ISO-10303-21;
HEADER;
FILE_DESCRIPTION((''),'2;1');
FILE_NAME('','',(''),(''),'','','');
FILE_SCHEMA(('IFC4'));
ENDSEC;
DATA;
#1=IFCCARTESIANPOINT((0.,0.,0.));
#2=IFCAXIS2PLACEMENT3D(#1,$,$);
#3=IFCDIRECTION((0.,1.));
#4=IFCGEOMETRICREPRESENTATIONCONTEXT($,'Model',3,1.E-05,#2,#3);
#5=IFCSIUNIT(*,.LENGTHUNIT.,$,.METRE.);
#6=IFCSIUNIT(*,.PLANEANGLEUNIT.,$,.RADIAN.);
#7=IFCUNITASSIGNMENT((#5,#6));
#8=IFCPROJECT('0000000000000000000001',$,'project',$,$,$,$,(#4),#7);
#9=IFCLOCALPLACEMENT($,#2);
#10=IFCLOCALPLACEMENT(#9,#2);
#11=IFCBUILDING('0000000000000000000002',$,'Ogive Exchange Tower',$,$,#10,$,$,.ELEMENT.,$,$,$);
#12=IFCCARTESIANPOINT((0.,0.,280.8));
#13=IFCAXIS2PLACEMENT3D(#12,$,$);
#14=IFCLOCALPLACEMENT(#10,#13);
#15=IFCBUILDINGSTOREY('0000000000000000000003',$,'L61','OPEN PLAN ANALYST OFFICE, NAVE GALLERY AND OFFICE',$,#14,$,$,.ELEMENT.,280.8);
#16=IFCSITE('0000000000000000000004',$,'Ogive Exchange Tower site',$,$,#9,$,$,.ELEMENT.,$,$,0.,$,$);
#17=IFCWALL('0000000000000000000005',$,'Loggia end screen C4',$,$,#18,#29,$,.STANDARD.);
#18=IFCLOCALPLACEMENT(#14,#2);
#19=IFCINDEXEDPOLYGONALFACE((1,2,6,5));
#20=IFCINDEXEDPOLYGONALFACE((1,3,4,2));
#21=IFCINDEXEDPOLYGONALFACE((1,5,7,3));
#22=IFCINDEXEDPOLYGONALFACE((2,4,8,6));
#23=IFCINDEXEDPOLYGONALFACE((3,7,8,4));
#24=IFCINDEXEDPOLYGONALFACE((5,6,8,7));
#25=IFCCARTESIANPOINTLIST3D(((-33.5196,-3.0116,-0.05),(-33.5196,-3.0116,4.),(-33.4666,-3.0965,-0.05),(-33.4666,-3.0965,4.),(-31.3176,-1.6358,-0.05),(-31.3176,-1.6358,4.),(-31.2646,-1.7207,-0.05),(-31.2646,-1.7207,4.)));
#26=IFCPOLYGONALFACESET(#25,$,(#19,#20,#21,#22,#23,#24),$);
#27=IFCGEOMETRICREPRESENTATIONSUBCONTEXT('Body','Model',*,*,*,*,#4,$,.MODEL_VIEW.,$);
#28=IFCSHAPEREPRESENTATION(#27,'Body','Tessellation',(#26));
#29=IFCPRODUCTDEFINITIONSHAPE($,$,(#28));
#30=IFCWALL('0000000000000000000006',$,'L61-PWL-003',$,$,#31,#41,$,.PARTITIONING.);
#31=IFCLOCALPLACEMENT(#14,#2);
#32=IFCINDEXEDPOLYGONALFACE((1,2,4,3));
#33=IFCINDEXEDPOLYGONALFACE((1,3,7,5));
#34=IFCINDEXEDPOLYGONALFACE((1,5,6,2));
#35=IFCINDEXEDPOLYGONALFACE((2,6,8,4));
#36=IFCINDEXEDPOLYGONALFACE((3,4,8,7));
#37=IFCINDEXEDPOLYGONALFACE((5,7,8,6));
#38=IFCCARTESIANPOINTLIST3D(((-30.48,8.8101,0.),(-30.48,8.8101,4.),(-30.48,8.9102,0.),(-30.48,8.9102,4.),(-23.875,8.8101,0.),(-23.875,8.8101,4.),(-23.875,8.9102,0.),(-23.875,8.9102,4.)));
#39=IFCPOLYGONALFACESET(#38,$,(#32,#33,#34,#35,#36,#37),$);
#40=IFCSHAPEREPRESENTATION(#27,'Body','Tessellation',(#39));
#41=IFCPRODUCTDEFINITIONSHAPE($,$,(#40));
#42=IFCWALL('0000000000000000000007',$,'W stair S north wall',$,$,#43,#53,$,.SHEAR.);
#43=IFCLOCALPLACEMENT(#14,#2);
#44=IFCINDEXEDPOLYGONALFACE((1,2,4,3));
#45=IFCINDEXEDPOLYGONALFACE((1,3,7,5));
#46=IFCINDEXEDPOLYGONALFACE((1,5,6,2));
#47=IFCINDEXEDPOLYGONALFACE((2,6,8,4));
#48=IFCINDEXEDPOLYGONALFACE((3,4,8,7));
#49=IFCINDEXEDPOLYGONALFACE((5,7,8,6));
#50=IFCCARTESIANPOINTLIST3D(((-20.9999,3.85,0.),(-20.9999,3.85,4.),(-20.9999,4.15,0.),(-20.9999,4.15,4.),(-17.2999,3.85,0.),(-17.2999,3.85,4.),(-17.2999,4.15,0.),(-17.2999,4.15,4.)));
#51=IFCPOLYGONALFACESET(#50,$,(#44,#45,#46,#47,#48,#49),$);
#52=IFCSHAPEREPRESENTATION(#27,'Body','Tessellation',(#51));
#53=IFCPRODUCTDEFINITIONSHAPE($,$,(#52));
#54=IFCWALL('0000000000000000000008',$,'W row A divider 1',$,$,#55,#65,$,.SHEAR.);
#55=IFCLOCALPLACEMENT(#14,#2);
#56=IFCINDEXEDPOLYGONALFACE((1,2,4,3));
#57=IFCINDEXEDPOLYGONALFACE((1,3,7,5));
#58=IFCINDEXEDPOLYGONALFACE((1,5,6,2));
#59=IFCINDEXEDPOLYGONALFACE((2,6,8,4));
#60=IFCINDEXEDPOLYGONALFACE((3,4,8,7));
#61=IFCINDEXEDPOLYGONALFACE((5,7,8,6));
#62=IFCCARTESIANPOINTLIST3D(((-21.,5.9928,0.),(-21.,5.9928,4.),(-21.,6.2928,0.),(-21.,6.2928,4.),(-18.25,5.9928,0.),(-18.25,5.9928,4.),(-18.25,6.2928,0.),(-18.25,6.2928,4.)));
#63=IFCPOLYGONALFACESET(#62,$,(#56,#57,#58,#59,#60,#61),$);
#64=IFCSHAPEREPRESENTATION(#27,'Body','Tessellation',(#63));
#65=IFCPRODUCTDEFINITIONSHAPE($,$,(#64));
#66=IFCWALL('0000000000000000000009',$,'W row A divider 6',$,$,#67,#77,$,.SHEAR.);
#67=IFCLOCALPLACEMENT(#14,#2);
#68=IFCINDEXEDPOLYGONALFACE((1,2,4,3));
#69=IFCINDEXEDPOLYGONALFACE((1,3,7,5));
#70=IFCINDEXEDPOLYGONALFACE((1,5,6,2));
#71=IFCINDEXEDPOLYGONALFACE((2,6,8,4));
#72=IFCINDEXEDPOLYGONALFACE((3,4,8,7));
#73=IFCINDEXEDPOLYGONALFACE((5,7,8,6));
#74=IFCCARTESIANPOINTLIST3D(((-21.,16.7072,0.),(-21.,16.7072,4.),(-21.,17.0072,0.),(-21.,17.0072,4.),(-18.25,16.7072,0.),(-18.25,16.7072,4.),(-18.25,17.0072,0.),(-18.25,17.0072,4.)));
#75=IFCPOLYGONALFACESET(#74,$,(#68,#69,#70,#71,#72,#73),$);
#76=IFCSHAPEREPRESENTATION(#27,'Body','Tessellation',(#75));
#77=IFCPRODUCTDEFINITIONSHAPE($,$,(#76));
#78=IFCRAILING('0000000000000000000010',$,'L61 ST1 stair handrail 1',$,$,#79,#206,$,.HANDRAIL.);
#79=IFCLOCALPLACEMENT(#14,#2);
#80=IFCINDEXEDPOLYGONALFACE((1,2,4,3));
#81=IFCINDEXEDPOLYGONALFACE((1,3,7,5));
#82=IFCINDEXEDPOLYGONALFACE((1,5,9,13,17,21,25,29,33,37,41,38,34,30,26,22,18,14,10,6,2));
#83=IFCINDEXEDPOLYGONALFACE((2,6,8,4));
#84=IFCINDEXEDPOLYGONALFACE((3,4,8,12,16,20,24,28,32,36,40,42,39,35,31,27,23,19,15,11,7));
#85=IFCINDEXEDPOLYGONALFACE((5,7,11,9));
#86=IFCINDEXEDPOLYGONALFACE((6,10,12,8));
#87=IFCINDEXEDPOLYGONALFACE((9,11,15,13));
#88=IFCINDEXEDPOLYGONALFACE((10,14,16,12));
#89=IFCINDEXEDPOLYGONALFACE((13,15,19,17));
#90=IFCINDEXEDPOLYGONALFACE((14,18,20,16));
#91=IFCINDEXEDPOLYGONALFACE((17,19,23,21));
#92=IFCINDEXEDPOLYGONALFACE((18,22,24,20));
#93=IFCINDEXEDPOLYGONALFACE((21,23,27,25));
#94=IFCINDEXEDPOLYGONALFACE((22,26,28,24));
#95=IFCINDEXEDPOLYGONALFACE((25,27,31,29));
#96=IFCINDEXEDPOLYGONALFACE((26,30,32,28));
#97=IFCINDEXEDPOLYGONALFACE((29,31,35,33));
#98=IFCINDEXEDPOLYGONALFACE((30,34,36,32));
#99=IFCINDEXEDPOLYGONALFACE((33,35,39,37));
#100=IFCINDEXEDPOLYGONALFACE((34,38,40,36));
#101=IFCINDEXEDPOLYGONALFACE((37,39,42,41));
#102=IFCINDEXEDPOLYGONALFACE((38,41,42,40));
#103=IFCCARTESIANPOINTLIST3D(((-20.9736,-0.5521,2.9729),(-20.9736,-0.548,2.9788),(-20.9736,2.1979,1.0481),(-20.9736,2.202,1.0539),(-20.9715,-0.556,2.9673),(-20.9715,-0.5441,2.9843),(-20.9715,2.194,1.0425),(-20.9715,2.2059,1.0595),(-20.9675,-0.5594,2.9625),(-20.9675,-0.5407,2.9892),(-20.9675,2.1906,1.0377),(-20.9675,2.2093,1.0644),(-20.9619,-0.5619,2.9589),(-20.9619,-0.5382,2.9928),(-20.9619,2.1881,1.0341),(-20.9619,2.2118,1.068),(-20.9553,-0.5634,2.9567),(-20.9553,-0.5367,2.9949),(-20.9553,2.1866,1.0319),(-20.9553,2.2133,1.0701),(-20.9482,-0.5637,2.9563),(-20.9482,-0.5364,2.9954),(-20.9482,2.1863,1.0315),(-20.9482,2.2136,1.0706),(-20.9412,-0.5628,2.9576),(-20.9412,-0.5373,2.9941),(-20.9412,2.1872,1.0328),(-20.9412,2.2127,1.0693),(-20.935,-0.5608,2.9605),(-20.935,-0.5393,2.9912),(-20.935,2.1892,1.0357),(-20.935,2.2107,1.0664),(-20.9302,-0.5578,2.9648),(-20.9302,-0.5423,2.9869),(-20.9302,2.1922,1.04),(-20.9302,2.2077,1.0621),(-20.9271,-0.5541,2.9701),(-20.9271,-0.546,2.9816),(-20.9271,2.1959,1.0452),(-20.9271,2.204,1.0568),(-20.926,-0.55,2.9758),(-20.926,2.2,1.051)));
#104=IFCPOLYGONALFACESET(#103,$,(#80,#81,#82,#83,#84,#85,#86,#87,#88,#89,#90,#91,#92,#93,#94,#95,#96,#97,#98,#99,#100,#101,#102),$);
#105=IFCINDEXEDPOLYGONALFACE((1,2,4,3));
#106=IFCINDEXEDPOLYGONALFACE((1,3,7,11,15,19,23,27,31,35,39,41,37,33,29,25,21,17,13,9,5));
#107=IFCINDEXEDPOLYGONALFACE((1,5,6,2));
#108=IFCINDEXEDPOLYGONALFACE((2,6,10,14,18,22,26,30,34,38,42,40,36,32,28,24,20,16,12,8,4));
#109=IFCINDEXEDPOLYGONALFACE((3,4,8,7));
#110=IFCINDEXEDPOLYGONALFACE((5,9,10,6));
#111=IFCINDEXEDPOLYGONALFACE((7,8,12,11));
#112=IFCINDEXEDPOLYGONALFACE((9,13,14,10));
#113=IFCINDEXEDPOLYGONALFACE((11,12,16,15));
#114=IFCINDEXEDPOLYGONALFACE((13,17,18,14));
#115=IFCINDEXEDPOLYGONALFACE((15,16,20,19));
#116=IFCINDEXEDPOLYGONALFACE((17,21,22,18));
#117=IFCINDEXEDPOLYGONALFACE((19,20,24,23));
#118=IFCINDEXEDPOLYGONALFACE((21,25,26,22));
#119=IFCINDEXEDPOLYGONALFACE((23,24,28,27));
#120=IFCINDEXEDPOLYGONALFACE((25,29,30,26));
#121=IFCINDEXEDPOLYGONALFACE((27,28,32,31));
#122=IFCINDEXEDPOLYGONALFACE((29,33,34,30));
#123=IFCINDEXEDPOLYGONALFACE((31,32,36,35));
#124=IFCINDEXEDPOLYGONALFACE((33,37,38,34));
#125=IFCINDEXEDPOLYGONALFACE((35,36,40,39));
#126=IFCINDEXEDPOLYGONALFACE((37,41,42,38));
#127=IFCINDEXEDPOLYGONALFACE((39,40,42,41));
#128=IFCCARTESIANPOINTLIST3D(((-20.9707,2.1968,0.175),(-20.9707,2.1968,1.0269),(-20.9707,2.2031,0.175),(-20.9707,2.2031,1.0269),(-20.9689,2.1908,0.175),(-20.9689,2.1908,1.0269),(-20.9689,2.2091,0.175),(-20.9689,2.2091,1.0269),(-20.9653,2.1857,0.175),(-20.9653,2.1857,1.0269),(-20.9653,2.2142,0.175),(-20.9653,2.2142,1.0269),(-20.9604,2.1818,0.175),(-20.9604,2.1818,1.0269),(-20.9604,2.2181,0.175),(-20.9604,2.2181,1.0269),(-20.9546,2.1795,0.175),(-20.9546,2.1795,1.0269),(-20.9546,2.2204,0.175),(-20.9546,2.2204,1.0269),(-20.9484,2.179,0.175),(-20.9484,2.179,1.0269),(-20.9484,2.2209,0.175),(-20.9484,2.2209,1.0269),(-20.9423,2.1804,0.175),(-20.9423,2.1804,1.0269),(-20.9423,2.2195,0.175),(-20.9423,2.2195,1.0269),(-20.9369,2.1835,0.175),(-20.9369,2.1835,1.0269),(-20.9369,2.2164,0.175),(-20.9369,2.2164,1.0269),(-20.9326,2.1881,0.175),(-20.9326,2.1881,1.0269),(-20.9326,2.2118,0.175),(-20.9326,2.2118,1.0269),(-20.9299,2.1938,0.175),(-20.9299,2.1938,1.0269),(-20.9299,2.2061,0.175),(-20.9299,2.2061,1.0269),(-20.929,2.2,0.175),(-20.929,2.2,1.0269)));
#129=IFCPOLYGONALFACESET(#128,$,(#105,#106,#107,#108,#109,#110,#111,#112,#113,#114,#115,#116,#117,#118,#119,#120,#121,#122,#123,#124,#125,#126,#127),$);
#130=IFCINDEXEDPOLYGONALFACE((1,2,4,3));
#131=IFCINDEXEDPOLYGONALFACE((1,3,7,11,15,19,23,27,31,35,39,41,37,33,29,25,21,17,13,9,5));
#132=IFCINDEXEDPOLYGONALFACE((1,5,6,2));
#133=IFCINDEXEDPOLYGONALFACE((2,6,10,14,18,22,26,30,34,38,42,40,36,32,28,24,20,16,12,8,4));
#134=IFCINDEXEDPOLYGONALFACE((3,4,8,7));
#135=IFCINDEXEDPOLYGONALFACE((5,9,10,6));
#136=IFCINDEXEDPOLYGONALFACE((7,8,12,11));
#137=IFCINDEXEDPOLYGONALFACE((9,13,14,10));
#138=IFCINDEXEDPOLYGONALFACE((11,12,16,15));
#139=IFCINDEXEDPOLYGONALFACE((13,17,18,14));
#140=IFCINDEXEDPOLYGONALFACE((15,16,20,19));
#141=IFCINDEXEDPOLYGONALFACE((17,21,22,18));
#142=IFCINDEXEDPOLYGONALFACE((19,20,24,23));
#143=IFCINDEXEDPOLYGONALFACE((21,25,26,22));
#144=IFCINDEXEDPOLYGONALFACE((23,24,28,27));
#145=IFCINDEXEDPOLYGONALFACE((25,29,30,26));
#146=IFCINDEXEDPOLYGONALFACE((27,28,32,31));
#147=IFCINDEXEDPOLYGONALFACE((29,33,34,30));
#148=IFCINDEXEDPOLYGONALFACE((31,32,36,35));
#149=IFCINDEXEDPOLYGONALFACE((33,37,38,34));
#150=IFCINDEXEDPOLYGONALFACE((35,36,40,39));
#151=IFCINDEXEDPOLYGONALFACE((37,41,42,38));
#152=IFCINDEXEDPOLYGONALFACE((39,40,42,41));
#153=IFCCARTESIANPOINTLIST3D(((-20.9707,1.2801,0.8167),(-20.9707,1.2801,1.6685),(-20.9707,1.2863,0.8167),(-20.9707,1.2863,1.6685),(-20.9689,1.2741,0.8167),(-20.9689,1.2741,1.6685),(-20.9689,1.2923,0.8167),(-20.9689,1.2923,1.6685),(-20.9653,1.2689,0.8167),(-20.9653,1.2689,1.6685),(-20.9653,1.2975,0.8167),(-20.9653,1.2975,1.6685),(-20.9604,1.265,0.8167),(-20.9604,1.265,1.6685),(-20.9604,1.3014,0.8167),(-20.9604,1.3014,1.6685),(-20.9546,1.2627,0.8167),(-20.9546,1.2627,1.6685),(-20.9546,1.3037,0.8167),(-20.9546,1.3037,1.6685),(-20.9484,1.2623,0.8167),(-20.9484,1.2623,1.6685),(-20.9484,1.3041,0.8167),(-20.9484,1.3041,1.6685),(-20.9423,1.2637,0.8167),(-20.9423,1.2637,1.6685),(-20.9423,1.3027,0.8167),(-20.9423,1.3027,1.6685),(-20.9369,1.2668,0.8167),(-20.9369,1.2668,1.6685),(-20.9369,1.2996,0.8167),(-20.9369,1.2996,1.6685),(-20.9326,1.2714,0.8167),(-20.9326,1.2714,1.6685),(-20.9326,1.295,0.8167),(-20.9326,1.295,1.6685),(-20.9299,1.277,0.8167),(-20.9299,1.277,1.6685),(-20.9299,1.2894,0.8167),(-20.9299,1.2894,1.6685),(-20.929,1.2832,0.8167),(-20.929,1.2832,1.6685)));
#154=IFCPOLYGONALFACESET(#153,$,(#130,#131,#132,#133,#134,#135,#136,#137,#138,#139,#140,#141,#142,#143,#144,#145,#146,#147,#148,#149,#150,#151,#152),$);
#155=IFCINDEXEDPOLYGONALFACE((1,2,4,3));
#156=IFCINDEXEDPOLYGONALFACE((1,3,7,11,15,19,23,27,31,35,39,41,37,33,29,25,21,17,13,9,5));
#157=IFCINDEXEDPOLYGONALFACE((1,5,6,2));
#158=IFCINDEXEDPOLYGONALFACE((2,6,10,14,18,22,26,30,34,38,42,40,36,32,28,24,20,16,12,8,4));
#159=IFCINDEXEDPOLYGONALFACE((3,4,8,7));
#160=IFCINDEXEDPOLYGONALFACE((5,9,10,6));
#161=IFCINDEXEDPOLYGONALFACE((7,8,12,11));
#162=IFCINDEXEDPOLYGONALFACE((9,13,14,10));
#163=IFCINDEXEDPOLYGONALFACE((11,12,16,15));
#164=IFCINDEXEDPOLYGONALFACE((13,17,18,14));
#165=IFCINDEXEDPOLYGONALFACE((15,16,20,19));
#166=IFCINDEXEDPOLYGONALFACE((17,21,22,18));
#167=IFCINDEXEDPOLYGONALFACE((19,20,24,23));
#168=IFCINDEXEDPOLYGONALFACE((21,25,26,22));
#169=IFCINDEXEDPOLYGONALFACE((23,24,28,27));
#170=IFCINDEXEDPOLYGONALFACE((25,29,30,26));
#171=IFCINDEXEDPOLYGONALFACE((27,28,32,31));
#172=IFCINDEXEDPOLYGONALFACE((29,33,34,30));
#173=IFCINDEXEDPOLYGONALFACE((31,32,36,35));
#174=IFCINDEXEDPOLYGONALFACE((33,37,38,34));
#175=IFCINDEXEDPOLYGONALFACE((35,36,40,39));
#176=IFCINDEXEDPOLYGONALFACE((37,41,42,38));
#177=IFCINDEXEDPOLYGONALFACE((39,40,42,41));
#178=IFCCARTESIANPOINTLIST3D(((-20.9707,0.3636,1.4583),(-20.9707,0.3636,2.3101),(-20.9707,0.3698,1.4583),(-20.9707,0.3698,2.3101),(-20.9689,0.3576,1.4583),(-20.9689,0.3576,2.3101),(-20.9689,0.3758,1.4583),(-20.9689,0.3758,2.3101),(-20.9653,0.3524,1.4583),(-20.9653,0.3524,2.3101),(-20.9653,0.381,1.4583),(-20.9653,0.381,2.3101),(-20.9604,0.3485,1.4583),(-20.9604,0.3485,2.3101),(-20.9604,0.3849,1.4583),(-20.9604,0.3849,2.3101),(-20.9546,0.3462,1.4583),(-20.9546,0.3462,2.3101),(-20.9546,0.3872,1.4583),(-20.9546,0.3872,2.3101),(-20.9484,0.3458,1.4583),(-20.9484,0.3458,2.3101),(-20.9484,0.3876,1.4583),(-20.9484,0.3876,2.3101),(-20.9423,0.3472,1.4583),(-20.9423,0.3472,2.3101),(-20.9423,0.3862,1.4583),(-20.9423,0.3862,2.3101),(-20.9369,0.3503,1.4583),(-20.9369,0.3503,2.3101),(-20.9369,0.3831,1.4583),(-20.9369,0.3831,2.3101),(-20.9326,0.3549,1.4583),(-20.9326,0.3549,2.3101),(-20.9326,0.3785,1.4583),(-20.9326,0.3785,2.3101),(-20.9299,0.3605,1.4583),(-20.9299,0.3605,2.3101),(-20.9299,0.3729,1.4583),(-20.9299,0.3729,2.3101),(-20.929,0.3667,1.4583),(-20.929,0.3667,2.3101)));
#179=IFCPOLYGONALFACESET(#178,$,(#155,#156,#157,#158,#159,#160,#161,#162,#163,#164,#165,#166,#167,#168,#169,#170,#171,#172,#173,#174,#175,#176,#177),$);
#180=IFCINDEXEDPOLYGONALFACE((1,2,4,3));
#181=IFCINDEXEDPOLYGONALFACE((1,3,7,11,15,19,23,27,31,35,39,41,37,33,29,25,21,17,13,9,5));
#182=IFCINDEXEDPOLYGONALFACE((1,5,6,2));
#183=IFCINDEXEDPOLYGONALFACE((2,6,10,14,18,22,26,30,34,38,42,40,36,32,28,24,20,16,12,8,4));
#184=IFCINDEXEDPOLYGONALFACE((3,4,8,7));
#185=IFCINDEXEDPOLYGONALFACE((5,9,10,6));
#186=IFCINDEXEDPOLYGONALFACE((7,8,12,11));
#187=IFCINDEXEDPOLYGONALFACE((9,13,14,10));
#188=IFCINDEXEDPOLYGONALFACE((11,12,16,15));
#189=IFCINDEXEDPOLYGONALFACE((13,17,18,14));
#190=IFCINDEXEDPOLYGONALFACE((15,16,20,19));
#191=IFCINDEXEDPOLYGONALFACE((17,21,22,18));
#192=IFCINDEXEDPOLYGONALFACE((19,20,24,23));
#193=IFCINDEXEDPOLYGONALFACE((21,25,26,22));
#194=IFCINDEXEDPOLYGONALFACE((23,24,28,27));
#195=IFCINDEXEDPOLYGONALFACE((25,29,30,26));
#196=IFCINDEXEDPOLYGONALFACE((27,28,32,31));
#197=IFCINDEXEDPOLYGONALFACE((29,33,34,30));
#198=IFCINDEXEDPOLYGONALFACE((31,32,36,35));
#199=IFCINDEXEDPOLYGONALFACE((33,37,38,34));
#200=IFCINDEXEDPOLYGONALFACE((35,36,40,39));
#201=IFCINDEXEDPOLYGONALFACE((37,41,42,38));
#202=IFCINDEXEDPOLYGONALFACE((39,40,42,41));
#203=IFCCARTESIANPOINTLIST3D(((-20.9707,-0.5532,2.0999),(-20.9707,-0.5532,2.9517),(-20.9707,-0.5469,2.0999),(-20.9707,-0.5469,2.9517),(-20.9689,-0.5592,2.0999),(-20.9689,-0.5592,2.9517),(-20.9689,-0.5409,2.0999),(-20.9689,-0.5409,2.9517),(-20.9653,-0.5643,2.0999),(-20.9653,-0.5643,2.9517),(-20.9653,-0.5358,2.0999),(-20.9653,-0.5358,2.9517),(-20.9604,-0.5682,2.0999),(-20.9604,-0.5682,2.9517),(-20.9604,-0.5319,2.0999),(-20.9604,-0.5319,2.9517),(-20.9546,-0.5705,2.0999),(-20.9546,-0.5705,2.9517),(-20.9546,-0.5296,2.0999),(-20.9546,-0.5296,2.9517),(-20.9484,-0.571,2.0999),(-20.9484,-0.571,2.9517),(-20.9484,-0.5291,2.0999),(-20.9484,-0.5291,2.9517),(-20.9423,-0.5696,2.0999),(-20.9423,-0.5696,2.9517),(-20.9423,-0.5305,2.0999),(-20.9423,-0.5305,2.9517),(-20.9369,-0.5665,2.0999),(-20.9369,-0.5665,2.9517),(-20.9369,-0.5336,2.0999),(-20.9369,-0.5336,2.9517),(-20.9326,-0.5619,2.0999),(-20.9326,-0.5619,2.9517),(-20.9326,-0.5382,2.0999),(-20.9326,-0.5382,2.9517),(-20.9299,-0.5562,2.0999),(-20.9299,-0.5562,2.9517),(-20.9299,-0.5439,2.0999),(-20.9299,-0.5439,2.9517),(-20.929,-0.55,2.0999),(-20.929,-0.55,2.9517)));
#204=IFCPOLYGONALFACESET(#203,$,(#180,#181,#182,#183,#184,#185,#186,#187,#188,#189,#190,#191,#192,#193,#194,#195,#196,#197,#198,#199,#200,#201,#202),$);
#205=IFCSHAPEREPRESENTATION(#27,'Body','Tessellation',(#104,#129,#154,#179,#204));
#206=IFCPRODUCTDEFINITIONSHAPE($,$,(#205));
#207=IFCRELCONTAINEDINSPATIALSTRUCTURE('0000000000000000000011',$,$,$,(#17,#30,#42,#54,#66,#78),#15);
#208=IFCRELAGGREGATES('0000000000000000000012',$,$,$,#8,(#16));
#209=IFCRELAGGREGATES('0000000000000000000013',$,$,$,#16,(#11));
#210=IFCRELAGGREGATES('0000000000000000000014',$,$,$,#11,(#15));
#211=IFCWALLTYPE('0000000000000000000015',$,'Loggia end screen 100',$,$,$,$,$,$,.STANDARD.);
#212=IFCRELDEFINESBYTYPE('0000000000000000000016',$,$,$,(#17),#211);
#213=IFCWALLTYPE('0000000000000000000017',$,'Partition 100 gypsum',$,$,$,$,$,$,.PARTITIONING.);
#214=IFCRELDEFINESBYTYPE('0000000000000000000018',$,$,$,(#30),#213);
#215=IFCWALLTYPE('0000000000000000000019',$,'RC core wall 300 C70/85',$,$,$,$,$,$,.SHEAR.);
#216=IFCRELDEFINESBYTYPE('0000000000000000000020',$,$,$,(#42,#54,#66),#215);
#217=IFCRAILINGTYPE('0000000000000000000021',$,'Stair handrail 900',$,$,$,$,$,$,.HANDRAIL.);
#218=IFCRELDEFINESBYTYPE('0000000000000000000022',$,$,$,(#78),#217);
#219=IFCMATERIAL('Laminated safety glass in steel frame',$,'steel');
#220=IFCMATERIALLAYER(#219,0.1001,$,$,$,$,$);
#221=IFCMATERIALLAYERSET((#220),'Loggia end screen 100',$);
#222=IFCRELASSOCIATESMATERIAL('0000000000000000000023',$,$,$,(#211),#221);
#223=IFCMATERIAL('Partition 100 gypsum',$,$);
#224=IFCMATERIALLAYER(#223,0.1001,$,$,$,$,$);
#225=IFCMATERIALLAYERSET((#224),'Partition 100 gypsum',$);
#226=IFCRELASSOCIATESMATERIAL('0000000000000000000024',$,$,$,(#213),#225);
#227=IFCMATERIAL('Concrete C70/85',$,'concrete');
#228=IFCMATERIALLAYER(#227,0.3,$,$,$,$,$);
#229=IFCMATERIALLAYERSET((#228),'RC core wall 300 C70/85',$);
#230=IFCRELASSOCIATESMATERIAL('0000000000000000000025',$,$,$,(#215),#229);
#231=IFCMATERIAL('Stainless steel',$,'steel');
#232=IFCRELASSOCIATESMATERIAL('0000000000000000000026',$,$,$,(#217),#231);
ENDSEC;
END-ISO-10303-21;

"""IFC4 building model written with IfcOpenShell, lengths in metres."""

from ifc_helpers import new_model, si_unit, direction, frame, frame_2d, origin, origin_2d, place, context, subcontext, project, spatial, rectangle, circle, extrude, material, layer, layer_set, type_object, element, save


model = new_model("IFC4")

# Units and contexts
model_context = context("Model", 3, precision=1e-05, world=origin(), true_north=direction((0.0, 1.0)))
body_context = subcontext(model_context, "Body", "Model", "MODEL_VIEW")
ifc_project = project(units=[si_unit("LENGTHUNIT", "METRE"), si_unit("PLANEANGLEUNIT", "RADIAN")], contexts=[model_context])

# Site, building, storey
site_placement = place(None, origin())
site = spatial("IfcSite", under=ifc_project, at=site_placement, Name="Ogive Exchange Tower site", CompositionType="ELEMENT", RefElevation=0.0)
building_placement = place(site_placement, origin())
building = spatial("IfcBuilding", under=site, at=building_placement, Name="Ogive Exchange Tower", CompositionType="ELEMENT")
storey_placement = place(building_placement, frame((0.0, 0.0, 280.8)))
storey = spatial("IfcBuildingStorey", under=building, at=storey_placement, Name="L61", Description="OPEN PLAN ANALYST OFFICE, NAVE GALLERY AND OFFICE", CompositionType="ELEMENT", Elevation=280.8)

# Walls
ifc_material_1 = material(Name="Laminated safety glass in steel frame", Category="steel")
ifc_layer_1 = layer(ifc_material_1, 0.1001)
ifc_layer_set_1 = layer_set([ifc_layer_1], Name="Loggia end screen 100")
wall_type_1 = type_object("IfcWallType", Name="Loggia end screen 100", PredefinedType="STANDARD", material=ifc_layer_set_1)
wall_1_placement = place(storey_placement, frame((-31.291, -1.6782, -0.05), z_axis=(0.0, 0.0, 1.0), x_axis=(-0.848078, -0.529872, 0.0)))
element("IfcWall", 1, at=wall_1_placement, inside=storey, type_object=wall_type_1, Name="Loggia end screen C4", PredefinedType="STANDARD", context=body_context, shape_type="SweptSolid", body=[
    extrude(rectangle(XDim=2.5964, YDim=0.1001, at=frame_2d((1.2983, 0.0))), origin(), (0.0, 0.0, 1.0), 4.05),
])
ifc_material_2 = material(Name="Partition 100 gypsum")
ifc_layer_2 = layer(ifc_material_2, 0.1001)
ifc_layer_set_2 = layer_set([ifc_layer_2], Name="Partition 100 gypsum")
wall_type_2 = type_object("IfcWallType", Name="Partition 100 gypsum", PredefinedType="PARTITIONING", material=ifc_layer_set_2)
wall_2_placement = place(storey_placement, frame((-23.875, 8.8601, 0.0), z_axis=(0.0, 0.0, 1.0), x_axis=(-1.0, 0.0, 0.0)))
element("IfcWall", 2, at=wall_2_placement, inside=storey, type_object=wall_type_2, Name="L61-PWL-003", PredefinedType="PARTITIONING", context=body_context, shape_type="SweptSolid", body=[
    extrude(rectangle(XDim=6.605, YDim=0.1001, at=frame_2d((3.3025, 0.0))), origin(), (0.0, 0.0, 1.0), 4.0),
])
ifc_material_3 = material(Name="Concrete C70/85", Category="concrete")
ifc_layer_3 = layer(ifc_material_3, 0.3)
ifc_layer_set_3 = layer_set([ifc_layer_3], Name="RC core wall 300 C70/85")
wall_type_3 = type_object("IfcWallType", Name="RC core wall 300 C70/85", PredefinedType="SHEAR", material=ifc_layer_set_3)
wall_3_placement = place(storey_placement, frame((-21.0, 4.0, 0.0), z_axis=(0.0, 0.0, 1.0), x_axis=(1.0, 0.0, 0.0)))
element("IfcWall", 3, at=wall_3_placement, inside=storey, type_object=wall_type_3, Name="W stair S north wall", PredefinedType="SHEAR", context=body_context, shape_type="SweptSolid", body=[
    extrude(rectangle(XDim=3.7, YDim=0.3, at=frame_2d((1.8501, 0.0))), origin(), (0.0, 0.0, 1.0), 4.0),
])
for number, where, z_axis, x_axis, name in (
    (4, (-21.0, 6.1428, 0.0), (0.0, 0.0, 1.0), (1.0, 0.0, 0.0), "W row A divider 1"),
    (5, (-21.0, 16.8572, 0.0), (0.0, 0.0, 1.0), (1.0, 0.0, 0.0), "W row A divider 6"),
):
    element("IfcWall", number, at=place(storey_placement, frame(where, z_axis=z_axis, x_axis=x_axis)), inside=storey, type_object=wall_type_3, Name=name, PredefinedType="SHEAR", context=body_context, shape_type="SweptSolid", body=[
        extrude(rectangle(XDim=2.75, YDim=0.3, at=frame_2d((1.375, 0.0))), origin(), (0.0, 0.0, 1.0), 4.0),
    ])

# Railing
ifc_material_4 = material(Name="Stainless steel", Category="steel")
railing_type = type_object("IfcRailingType", Name="Stair handrail 900", PredefinedType="HANDRAIL", material=ifc_material_4)
railing_placement = place(storey_placement, frame((-20.95, 2.2, 0.175)))
element("IfcRailing", 6, at=railing_placement, inside=storey, type_object=railing_type, Name="L61 ST1 stair handrail 1", PredefinedType="HANDRAIL", context=body_context, shape_type="SweptSolid", body=[
    extrude(circle(Radius=0.0239, at=origin_2d()), frame((0.0, 0.0, 0.876), z_axis=(0.0, -0.819259, 0.573423), x_axis=(1.0, 0.0, 0.0)), (0.0, 0.0, 1.0), 3.3567),
    extrude(circle(Radius=0.021, at=origin_2d()), origin(), (0.0, 0.0, 1.0), 0.8518),
    extrude(circle(Radius=0.021, at=origin_2d()), frame((0.0, -0.9167, 0.6416)), (0.0, 0.0, 1.0), 0.8518),
    extrude(circle(Radius=0.021, at=origin_2d()), frame((0.0, -1.8333, 1.2832)), (0.0, 0.0, 1.0), 0.8518),
    extrude(circle(Radius=0.021, at=origin_2d()), frame((0.0, -2.75, 1.9248)), (0.0, 0.0, 1.0), 0.8518),
])

save(model, "model.ifc")
